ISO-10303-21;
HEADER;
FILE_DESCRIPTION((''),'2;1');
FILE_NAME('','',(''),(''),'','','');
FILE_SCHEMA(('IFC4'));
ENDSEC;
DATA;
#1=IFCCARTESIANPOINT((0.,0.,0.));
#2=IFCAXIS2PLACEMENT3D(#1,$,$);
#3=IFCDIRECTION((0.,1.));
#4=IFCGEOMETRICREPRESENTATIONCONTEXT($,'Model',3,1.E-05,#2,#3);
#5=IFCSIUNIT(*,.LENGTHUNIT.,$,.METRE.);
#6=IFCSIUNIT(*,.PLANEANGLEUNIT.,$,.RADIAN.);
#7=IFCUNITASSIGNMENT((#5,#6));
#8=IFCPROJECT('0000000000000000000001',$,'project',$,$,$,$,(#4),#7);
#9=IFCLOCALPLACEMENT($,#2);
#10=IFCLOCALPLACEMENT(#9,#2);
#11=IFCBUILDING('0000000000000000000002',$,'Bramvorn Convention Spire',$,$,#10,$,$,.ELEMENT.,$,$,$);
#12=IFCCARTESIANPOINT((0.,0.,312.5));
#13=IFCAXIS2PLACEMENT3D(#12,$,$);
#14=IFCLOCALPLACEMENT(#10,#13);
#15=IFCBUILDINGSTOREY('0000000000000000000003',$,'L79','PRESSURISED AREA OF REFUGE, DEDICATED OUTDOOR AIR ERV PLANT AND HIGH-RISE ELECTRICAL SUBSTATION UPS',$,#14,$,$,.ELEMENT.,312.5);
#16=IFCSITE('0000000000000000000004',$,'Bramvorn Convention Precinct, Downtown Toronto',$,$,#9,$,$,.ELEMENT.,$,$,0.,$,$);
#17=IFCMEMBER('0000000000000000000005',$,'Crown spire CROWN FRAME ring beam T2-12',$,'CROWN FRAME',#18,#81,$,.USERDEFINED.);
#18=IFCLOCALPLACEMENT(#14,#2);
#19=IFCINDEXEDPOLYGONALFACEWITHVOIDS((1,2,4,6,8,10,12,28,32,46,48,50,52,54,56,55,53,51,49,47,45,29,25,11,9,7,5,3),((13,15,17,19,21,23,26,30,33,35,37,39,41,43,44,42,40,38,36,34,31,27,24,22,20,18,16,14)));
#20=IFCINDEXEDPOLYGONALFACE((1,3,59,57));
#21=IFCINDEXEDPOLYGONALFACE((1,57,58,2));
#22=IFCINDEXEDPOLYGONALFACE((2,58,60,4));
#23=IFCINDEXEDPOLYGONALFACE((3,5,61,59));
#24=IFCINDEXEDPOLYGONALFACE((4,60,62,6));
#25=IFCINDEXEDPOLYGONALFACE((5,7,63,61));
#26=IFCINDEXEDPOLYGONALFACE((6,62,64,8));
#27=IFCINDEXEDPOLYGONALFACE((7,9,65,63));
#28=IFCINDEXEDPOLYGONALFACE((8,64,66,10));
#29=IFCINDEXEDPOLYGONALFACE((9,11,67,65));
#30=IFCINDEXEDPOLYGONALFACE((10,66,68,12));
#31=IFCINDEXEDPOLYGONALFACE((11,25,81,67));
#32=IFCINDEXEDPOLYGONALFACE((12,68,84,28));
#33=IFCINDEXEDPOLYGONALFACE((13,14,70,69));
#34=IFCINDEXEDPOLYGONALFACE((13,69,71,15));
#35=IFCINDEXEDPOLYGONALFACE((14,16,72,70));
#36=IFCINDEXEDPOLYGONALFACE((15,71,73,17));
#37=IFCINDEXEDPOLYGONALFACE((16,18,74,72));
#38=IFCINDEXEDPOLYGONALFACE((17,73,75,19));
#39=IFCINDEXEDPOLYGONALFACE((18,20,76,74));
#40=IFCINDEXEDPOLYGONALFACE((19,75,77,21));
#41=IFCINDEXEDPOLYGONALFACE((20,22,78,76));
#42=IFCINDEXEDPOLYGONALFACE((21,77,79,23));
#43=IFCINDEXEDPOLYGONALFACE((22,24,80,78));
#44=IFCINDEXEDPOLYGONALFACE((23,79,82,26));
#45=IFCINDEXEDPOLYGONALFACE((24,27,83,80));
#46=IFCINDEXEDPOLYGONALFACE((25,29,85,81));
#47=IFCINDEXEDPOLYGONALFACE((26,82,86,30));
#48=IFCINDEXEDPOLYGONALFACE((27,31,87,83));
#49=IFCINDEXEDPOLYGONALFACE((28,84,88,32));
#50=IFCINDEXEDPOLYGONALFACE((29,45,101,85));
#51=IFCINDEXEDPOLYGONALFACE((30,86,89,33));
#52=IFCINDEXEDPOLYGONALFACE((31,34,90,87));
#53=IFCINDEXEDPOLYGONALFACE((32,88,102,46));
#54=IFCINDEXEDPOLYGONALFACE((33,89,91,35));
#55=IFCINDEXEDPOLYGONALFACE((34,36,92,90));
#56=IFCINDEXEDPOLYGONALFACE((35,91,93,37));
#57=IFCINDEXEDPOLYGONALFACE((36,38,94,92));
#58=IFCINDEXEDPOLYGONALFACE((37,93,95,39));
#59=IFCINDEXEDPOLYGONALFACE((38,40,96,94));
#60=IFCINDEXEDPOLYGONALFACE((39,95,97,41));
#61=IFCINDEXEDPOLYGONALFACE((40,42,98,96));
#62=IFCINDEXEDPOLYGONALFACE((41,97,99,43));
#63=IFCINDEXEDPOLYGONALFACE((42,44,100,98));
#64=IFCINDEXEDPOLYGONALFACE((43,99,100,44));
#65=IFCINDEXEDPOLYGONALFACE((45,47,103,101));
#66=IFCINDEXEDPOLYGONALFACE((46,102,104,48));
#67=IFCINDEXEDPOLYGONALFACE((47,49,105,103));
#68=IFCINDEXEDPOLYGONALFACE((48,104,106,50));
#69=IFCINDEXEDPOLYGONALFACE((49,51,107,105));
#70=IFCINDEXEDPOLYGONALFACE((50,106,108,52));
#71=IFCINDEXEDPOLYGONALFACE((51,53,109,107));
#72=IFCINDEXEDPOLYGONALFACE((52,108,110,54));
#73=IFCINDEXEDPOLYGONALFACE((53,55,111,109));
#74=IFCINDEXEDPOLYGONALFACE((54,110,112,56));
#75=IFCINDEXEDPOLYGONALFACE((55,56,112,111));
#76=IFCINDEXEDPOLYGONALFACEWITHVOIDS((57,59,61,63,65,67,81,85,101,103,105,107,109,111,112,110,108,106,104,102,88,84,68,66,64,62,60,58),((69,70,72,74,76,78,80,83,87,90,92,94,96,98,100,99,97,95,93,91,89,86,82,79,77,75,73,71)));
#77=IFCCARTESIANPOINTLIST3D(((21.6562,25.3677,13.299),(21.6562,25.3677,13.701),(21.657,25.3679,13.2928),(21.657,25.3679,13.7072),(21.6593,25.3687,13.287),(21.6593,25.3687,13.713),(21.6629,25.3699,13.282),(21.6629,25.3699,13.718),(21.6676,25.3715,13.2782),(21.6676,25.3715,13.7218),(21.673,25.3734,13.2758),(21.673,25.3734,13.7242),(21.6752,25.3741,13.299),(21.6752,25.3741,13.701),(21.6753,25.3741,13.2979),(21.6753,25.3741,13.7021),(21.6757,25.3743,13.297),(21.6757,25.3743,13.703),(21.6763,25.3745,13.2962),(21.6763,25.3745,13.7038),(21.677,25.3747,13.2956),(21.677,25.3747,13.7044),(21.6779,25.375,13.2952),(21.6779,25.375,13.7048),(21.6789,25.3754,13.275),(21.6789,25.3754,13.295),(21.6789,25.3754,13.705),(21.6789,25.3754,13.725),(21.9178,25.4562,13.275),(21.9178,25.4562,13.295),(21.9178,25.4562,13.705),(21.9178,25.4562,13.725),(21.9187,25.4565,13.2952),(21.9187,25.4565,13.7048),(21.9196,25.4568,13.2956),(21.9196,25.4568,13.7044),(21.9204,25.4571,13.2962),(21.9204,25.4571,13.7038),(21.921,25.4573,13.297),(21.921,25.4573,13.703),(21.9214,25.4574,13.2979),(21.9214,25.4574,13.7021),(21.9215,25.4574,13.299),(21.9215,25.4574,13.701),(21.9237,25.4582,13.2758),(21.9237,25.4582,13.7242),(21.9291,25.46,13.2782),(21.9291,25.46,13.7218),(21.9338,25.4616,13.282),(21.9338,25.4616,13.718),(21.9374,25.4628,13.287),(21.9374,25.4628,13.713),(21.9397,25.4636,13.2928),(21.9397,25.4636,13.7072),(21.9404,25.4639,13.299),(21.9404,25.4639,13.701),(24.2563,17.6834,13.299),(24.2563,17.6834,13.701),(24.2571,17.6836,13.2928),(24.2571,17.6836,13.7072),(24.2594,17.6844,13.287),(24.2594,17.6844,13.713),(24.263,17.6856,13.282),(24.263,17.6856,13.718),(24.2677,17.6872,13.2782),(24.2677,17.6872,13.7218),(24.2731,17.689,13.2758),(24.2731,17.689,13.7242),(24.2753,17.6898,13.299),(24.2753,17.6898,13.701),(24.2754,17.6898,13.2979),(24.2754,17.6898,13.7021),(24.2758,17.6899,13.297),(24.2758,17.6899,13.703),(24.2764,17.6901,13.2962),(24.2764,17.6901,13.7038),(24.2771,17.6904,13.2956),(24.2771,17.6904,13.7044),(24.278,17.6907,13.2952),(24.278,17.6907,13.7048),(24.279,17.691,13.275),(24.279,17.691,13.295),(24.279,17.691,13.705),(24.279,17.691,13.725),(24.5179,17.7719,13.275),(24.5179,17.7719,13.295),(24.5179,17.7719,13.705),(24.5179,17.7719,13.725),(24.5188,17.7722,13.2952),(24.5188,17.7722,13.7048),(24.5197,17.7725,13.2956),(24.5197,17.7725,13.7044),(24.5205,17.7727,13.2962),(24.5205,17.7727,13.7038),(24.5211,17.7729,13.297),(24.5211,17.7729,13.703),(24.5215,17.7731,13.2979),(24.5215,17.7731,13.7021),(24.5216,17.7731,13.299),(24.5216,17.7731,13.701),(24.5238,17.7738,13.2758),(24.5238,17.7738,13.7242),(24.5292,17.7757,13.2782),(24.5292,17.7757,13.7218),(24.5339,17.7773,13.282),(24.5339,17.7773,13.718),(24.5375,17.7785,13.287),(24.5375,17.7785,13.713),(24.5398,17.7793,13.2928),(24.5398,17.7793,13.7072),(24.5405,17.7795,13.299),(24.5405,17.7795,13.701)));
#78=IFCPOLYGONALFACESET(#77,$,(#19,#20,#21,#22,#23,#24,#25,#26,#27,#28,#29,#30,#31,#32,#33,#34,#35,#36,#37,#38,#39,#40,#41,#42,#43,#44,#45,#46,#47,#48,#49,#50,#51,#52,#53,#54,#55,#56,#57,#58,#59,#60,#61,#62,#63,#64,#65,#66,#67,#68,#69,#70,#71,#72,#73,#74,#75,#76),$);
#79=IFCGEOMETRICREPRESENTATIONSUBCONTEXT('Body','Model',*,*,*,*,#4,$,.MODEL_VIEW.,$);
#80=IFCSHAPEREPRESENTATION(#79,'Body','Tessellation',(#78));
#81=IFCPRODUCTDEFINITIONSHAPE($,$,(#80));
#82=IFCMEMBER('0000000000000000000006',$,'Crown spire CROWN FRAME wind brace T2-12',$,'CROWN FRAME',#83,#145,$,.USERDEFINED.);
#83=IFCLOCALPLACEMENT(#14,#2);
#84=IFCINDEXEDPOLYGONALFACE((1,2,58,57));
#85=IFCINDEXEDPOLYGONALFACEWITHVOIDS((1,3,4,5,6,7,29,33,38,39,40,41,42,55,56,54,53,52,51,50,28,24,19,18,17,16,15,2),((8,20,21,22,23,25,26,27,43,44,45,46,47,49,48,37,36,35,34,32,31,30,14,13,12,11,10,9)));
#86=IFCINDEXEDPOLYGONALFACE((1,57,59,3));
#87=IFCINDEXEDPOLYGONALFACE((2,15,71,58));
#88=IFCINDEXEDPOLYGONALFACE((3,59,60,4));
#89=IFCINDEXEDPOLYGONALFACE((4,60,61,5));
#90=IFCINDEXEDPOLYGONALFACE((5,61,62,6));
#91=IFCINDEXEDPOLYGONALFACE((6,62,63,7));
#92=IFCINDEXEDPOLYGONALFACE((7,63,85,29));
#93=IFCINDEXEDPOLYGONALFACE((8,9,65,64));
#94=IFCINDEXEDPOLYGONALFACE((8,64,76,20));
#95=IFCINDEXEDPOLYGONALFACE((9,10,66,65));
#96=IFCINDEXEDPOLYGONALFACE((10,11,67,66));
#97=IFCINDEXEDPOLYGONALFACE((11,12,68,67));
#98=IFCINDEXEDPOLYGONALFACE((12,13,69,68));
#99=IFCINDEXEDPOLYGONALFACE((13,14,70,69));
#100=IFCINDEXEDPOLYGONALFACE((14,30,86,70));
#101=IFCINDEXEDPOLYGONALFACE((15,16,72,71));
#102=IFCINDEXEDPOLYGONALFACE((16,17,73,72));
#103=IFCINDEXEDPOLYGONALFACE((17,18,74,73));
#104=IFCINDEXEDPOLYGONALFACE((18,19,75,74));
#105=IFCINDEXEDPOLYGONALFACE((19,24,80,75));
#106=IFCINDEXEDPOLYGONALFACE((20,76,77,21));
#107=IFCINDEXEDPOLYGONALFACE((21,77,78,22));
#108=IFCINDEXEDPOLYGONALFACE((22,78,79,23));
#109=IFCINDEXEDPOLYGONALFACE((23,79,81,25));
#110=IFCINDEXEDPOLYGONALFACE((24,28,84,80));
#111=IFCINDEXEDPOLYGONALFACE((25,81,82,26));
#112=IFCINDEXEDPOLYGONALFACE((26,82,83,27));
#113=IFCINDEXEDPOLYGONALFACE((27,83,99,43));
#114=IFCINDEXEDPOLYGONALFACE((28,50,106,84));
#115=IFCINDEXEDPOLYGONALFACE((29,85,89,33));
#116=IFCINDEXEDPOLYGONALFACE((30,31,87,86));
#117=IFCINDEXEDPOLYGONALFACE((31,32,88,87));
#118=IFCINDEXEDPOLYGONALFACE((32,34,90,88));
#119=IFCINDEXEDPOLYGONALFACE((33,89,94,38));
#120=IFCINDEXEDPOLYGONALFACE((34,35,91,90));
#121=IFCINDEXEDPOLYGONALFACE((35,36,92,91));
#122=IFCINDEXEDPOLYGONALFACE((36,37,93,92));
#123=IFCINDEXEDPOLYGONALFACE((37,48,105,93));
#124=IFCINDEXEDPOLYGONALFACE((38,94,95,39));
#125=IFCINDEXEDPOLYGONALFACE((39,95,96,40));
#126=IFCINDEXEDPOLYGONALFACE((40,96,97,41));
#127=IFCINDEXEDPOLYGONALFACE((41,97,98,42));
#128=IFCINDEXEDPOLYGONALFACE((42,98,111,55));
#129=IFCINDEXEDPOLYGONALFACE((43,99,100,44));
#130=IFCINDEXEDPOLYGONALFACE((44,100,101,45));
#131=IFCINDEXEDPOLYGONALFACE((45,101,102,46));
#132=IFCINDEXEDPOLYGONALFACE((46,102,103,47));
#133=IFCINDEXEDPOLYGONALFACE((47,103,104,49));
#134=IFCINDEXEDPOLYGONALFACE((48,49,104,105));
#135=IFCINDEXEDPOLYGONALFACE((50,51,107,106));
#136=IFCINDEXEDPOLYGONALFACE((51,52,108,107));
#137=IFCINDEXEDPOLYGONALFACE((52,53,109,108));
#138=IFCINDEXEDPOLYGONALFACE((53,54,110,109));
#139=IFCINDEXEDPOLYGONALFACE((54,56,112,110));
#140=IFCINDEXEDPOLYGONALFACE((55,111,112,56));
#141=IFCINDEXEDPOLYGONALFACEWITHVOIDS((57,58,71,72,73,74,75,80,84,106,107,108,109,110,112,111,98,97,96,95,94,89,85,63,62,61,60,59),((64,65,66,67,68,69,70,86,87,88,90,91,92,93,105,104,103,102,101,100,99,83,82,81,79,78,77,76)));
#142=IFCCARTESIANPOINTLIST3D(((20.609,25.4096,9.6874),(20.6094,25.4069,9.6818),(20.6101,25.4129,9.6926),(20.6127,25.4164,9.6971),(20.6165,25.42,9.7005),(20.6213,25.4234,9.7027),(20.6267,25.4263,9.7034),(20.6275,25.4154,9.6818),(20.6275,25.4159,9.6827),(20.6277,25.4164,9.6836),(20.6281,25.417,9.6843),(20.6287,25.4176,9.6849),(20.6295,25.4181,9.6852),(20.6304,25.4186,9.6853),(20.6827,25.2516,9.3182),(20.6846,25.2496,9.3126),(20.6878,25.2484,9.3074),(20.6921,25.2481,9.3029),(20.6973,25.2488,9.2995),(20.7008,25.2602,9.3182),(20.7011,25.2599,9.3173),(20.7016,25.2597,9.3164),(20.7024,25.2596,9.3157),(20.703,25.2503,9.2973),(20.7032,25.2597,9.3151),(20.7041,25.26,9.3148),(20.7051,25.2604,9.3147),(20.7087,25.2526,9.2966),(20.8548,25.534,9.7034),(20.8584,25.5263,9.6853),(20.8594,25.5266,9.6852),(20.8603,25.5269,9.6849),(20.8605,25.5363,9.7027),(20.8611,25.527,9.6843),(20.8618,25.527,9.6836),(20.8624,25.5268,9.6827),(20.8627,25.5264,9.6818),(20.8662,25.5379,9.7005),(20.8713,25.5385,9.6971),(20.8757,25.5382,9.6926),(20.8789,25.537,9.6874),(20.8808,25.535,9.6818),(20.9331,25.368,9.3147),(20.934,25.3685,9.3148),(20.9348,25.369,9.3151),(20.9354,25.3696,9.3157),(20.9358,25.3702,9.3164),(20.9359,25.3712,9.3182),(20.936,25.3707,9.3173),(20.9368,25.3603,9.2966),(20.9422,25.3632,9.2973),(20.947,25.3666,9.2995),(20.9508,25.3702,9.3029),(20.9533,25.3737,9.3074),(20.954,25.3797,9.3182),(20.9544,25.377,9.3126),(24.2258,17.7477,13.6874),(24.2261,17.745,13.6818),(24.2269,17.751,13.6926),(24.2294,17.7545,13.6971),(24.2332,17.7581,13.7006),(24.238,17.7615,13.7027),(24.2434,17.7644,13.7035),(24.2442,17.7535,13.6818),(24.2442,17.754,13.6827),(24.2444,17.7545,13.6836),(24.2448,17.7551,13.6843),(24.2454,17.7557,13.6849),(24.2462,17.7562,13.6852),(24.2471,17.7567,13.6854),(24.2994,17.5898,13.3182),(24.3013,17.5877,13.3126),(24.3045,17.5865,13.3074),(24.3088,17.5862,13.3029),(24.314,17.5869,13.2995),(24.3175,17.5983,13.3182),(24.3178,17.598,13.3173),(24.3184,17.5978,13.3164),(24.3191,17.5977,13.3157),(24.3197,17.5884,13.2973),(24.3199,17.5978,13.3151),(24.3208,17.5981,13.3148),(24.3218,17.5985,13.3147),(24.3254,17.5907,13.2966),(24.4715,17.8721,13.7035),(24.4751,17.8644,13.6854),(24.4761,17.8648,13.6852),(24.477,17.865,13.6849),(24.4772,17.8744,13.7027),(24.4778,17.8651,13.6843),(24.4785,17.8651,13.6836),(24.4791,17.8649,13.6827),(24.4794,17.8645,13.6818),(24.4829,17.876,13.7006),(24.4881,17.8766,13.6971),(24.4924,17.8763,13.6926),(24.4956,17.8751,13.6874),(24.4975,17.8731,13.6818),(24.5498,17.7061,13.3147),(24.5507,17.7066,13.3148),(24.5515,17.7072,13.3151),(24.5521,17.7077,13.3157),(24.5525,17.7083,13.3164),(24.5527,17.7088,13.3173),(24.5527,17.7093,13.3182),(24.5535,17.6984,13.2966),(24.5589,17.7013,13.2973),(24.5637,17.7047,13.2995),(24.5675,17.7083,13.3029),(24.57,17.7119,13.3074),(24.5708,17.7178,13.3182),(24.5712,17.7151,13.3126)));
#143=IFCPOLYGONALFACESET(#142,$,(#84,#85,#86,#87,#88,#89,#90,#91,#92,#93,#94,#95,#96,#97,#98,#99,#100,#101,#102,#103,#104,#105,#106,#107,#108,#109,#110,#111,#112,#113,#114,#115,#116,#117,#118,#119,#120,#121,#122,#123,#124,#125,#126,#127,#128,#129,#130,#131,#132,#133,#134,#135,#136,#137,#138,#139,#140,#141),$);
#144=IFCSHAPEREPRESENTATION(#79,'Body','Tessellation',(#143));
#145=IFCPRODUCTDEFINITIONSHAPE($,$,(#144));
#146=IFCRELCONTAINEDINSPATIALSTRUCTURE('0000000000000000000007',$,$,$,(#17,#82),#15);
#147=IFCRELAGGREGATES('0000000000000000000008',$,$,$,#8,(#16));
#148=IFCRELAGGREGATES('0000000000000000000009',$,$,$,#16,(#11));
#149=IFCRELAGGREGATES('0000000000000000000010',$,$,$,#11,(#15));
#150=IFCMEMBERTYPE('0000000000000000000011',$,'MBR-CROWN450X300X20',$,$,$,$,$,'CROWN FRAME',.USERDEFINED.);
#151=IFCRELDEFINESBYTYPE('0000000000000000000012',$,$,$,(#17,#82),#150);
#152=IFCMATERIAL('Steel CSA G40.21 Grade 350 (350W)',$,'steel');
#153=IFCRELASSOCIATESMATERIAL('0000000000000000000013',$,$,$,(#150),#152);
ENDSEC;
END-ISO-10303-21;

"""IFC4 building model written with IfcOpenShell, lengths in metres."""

from ifc_helpers import new_model, si_unit, direction, frame, origin, origin_2d, place, context, subcontext, project, spatial, hollow_rectangle, extrude, material, material_profile, profile_set, type_object, element, save


model = new_model("IFC4")

# Units and contexts
model_context = context("Model", 3, precision=1e-05, world=origin(), true_north=direction((0.0, 1.0)))
body_context = subcontext(model_context, "Body", "Model", "MODEL_VIEW")
ifc_project = project(units=[si_unit("LENGTHUNIT", "METRE"), si_unit("PLANEANGLEUNIT", "RADIAN")], contexts=[model_context])

# Site, building, storey
site_placement = place(None, origin())
site = spatial("IfcSite", under=ifc_project, at=site_placement, Name="Bramvorn Convention Precinct, Downtown Toronto", CompositionType="ELEMENT", RefElevation=0.0)
building_placement = place(site_placement, origin())
building = spatial("IfcBuilding", under=site, at=building_placement, Name="Bramvorn Convention Spire", CompositionType="ELEMENT")
storey_placement = place(building_placement, frame((0.0, 0.0, 312.5)))
storey = spatial("IfcBuildingStorey", under=building, at=storey_placement, Name="L79", Description="PRESSURISED AREA OF REFUGE, DEDICATED OUTDOOR AIR ERV PLANT AND HIGH-RISE ELECTRICAL SUBSTATION UPS", CompositionType="ELEMENT", Elevation=312.5)

# Shared definitions
ifc_material_1 = material(Name="Steel CSA G40.21 Grade 350 (350W)", Category="steel")

# Members
ifc_material_profile_1 = material_profile(ifc_material_1, hollow_rectangle(XDim=0.3, YDim=0.45, WallThickness=0.02, InnerFilletRadius=0.0039, OuterFilletRadius=0.0239, at=origin_2d()))
ifc_profile_set_1 = profile_set([ifc_material_profile_1], Name="Steel CSA G40.21 Grade 350 (350W) - CROWN450X300X20")
member_type_1 = type_object("IfcMemberType", Name="MBR-CROWN450X300X20", ElementType="CROWN FRAME", PredefinedType="USERDEFINED", material=ifc_profile_set_1)
member_1_placement = place(storey_placement, frame((21.7983, 25.4158, 13.5), z_axis=(0.320513, -0.947244, 0.0), x_axis=(0.947244, 0.320513, 0.0)))
element("IfcMember", 1, at=member_1_placement, inside=storey, type_object=member_type_1, Name="Crown spire CROWN FRAME ring beam T2-12", ObjectType="CROWN FRAME", PredefinedType="USERDEFINED", context=body_context, shape_type="SweptSolid", body=[
    extrude(hollow_rectangle(XDim=0.3, YDim=0.45, WallThickness=0.02, InnerFilletRadius=0.0039, OuterFilletRadius=0.0239, at=origin_2d()), origin(), (0.0, 0.0, 1.0), 8.1123),
])
member_2_placement = place(storey_placement, frame((20.7817, 25.3933, 9.5), z_axis=(0.386014, -0.817759, 0.426924), x_axis=(0.904313, 0.426871, 0.0)))
element("IfcMember", 2, at=member_2_placement, inside=storey, type_object=member_type_1, Name="Crown spire CROWN FRAME wind brace T2-12", ObjectType="CROWN FRAME", PredefinedType="USERDEFINED", context=body_context, shape_type="SweptSolid", body=[
    extrude(hollow_rectangle(XDim=0.3, YDim=0.45, WallThickness=0.02, InnerFilletRadius=0.0039, OuterFilletRadius=0.0239, at=origin_2d()), origin(), (0.0, 0.0, 1.0), 9.3694),
])

save(model, "model.ifc")
